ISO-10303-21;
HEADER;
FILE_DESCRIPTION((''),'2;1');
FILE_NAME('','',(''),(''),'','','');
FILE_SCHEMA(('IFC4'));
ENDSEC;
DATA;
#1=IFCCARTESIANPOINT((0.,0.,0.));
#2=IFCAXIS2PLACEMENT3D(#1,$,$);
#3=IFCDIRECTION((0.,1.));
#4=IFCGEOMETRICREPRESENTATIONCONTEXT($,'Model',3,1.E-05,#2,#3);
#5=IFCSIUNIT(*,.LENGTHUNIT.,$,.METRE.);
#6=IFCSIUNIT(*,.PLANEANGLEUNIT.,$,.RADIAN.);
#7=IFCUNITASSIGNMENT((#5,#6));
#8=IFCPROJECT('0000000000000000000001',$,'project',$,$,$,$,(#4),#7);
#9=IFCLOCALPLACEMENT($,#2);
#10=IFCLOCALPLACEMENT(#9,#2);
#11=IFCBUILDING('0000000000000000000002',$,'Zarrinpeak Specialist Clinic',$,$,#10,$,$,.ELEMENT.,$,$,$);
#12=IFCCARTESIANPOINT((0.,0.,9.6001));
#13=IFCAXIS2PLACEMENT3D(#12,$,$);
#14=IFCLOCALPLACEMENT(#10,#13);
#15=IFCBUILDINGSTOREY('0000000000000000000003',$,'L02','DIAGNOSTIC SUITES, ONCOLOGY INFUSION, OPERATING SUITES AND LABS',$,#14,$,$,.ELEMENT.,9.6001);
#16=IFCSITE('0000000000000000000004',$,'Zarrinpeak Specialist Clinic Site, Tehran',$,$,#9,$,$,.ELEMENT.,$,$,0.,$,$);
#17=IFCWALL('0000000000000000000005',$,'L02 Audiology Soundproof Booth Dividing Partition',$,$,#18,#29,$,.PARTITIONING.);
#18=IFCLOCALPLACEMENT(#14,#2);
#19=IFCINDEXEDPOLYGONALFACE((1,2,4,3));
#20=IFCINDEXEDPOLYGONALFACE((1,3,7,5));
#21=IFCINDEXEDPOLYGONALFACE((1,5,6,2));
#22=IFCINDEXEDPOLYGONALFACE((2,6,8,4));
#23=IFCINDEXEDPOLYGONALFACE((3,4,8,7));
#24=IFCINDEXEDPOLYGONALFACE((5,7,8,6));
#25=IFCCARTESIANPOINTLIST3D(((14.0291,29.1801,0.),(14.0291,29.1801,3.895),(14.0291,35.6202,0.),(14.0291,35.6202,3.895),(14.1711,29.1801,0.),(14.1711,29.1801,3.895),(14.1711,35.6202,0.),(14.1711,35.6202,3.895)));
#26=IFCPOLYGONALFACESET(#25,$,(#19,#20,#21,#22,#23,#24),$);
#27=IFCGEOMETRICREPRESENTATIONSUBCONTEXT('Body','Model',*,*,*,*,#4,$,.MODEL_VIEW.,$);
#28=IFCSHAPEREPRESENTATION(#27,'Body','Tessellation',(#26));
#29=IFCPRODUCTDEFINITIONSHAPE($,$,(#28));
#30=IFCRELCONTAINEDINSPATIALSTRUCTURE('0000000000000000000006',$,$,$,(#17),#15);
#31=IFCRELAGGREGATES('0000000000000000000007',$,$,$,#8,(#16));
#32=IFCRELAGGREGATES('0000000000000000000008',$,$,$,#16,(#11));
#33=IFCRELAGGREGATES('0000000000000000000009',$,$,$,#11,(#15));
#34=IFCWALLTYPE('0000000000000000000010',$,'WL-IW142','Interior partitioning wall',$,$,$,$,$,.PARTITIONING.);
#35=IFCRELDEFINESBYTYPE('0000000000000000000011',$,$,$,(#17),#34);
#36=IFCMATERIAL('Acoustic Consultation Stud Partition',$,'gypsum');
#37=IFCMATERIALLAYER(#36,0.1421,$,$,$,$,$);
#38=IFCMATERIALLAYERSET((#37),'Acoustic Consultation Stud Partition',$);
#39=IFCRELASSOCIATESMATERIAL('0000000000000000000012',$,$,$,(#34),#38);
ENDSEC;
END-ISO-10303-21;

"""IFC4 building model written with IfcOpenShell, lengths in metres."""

from ifc_helpers import new_model, si_unit, direction, frame, frame_2d, origin, place, context, subcontext, project, spatial, rectangle, extrude, material, layer, layer_set, type_object, element, save


model = new_model("IFC4")

# Units and contexts
model_context = context("Model", 3, precision=1e-05, world=origin(), true_north=direction((0.0, 1.0)))
body_context = subcontext(model_context, "Body", "Model", "MODEL_VIEW")
ifc_project = project(units=[si_unit("LENGTHUNIT", "METRE"), si_unit("PLANEANGLEUNIT", "RADIAN")], contexts=[model_context])

# Site, building, storey
site_placement = place(None, origin())
site = spatial("IfcSite", under=ifc_project, at=site_placement, Name="Zarrinpeak Specialist Clinic Site, Tehran", CompositionType="ELEMENT", RefElevation=0.0)
building_placement = place(site_placement, origin())
building = spatial("IfcBuilding", under=site, at=building_placement, Name="Zarrinpeak Specialist Clinic", CompositionType="ELEMENT")
storey_placement = place(building_placement, frame((0.0, 0.0, 9.6001)))
storey = spatial("IfcBuildingStorey", under=building, at=storey_placement, Name="L02", Description="DIAGNOSTIC SUITES, ONCOLOGY INFUSION, OPERATING SUITES AND LABS", CompositionType="ELEMENT", Elevation=9.6001)

# Wall
ifc_material_1 = material(Name="Acoustic Consultation Stud Partition", Category="gypsum")
ifc_layer_1 = layer(ifc_material_1, 0.1421)
ifc_layer_set_1 = layer_set([ifc_layer_1], Name="Acoustic Consultation Stud Partition")
wall_type_1 = type_object("IfcWallType", Name="WL-IW142", Description="Interior partitioning wall", PredefinedType="PARTITIONING", material=ifc_layer_set_1)
wall_1_placement = place(storey_placement, frame((14.1001, 29.1799, 0.0), z_axis=(0.0, 0.0, 1.0), x_axis=(0.0, 1.0, 0.0)))
element("IfcWall", 1, at=wall_1_placement, inside=storey, type_object=wall_type_1, Name="L02 Audiology Soundproof Booth Dividing Partition", PredefinedType="PARTITIONING", context=body_context, shape_type="SweptSolid", body=[
    extrude(rectangle(XDim=6.4402, YDim=0.1421, at=frame_2d((3.2202, 0.0))), origin(), (0.0, 0.0, 1.0), 3.895),
])

save(model, "model.ifc")
